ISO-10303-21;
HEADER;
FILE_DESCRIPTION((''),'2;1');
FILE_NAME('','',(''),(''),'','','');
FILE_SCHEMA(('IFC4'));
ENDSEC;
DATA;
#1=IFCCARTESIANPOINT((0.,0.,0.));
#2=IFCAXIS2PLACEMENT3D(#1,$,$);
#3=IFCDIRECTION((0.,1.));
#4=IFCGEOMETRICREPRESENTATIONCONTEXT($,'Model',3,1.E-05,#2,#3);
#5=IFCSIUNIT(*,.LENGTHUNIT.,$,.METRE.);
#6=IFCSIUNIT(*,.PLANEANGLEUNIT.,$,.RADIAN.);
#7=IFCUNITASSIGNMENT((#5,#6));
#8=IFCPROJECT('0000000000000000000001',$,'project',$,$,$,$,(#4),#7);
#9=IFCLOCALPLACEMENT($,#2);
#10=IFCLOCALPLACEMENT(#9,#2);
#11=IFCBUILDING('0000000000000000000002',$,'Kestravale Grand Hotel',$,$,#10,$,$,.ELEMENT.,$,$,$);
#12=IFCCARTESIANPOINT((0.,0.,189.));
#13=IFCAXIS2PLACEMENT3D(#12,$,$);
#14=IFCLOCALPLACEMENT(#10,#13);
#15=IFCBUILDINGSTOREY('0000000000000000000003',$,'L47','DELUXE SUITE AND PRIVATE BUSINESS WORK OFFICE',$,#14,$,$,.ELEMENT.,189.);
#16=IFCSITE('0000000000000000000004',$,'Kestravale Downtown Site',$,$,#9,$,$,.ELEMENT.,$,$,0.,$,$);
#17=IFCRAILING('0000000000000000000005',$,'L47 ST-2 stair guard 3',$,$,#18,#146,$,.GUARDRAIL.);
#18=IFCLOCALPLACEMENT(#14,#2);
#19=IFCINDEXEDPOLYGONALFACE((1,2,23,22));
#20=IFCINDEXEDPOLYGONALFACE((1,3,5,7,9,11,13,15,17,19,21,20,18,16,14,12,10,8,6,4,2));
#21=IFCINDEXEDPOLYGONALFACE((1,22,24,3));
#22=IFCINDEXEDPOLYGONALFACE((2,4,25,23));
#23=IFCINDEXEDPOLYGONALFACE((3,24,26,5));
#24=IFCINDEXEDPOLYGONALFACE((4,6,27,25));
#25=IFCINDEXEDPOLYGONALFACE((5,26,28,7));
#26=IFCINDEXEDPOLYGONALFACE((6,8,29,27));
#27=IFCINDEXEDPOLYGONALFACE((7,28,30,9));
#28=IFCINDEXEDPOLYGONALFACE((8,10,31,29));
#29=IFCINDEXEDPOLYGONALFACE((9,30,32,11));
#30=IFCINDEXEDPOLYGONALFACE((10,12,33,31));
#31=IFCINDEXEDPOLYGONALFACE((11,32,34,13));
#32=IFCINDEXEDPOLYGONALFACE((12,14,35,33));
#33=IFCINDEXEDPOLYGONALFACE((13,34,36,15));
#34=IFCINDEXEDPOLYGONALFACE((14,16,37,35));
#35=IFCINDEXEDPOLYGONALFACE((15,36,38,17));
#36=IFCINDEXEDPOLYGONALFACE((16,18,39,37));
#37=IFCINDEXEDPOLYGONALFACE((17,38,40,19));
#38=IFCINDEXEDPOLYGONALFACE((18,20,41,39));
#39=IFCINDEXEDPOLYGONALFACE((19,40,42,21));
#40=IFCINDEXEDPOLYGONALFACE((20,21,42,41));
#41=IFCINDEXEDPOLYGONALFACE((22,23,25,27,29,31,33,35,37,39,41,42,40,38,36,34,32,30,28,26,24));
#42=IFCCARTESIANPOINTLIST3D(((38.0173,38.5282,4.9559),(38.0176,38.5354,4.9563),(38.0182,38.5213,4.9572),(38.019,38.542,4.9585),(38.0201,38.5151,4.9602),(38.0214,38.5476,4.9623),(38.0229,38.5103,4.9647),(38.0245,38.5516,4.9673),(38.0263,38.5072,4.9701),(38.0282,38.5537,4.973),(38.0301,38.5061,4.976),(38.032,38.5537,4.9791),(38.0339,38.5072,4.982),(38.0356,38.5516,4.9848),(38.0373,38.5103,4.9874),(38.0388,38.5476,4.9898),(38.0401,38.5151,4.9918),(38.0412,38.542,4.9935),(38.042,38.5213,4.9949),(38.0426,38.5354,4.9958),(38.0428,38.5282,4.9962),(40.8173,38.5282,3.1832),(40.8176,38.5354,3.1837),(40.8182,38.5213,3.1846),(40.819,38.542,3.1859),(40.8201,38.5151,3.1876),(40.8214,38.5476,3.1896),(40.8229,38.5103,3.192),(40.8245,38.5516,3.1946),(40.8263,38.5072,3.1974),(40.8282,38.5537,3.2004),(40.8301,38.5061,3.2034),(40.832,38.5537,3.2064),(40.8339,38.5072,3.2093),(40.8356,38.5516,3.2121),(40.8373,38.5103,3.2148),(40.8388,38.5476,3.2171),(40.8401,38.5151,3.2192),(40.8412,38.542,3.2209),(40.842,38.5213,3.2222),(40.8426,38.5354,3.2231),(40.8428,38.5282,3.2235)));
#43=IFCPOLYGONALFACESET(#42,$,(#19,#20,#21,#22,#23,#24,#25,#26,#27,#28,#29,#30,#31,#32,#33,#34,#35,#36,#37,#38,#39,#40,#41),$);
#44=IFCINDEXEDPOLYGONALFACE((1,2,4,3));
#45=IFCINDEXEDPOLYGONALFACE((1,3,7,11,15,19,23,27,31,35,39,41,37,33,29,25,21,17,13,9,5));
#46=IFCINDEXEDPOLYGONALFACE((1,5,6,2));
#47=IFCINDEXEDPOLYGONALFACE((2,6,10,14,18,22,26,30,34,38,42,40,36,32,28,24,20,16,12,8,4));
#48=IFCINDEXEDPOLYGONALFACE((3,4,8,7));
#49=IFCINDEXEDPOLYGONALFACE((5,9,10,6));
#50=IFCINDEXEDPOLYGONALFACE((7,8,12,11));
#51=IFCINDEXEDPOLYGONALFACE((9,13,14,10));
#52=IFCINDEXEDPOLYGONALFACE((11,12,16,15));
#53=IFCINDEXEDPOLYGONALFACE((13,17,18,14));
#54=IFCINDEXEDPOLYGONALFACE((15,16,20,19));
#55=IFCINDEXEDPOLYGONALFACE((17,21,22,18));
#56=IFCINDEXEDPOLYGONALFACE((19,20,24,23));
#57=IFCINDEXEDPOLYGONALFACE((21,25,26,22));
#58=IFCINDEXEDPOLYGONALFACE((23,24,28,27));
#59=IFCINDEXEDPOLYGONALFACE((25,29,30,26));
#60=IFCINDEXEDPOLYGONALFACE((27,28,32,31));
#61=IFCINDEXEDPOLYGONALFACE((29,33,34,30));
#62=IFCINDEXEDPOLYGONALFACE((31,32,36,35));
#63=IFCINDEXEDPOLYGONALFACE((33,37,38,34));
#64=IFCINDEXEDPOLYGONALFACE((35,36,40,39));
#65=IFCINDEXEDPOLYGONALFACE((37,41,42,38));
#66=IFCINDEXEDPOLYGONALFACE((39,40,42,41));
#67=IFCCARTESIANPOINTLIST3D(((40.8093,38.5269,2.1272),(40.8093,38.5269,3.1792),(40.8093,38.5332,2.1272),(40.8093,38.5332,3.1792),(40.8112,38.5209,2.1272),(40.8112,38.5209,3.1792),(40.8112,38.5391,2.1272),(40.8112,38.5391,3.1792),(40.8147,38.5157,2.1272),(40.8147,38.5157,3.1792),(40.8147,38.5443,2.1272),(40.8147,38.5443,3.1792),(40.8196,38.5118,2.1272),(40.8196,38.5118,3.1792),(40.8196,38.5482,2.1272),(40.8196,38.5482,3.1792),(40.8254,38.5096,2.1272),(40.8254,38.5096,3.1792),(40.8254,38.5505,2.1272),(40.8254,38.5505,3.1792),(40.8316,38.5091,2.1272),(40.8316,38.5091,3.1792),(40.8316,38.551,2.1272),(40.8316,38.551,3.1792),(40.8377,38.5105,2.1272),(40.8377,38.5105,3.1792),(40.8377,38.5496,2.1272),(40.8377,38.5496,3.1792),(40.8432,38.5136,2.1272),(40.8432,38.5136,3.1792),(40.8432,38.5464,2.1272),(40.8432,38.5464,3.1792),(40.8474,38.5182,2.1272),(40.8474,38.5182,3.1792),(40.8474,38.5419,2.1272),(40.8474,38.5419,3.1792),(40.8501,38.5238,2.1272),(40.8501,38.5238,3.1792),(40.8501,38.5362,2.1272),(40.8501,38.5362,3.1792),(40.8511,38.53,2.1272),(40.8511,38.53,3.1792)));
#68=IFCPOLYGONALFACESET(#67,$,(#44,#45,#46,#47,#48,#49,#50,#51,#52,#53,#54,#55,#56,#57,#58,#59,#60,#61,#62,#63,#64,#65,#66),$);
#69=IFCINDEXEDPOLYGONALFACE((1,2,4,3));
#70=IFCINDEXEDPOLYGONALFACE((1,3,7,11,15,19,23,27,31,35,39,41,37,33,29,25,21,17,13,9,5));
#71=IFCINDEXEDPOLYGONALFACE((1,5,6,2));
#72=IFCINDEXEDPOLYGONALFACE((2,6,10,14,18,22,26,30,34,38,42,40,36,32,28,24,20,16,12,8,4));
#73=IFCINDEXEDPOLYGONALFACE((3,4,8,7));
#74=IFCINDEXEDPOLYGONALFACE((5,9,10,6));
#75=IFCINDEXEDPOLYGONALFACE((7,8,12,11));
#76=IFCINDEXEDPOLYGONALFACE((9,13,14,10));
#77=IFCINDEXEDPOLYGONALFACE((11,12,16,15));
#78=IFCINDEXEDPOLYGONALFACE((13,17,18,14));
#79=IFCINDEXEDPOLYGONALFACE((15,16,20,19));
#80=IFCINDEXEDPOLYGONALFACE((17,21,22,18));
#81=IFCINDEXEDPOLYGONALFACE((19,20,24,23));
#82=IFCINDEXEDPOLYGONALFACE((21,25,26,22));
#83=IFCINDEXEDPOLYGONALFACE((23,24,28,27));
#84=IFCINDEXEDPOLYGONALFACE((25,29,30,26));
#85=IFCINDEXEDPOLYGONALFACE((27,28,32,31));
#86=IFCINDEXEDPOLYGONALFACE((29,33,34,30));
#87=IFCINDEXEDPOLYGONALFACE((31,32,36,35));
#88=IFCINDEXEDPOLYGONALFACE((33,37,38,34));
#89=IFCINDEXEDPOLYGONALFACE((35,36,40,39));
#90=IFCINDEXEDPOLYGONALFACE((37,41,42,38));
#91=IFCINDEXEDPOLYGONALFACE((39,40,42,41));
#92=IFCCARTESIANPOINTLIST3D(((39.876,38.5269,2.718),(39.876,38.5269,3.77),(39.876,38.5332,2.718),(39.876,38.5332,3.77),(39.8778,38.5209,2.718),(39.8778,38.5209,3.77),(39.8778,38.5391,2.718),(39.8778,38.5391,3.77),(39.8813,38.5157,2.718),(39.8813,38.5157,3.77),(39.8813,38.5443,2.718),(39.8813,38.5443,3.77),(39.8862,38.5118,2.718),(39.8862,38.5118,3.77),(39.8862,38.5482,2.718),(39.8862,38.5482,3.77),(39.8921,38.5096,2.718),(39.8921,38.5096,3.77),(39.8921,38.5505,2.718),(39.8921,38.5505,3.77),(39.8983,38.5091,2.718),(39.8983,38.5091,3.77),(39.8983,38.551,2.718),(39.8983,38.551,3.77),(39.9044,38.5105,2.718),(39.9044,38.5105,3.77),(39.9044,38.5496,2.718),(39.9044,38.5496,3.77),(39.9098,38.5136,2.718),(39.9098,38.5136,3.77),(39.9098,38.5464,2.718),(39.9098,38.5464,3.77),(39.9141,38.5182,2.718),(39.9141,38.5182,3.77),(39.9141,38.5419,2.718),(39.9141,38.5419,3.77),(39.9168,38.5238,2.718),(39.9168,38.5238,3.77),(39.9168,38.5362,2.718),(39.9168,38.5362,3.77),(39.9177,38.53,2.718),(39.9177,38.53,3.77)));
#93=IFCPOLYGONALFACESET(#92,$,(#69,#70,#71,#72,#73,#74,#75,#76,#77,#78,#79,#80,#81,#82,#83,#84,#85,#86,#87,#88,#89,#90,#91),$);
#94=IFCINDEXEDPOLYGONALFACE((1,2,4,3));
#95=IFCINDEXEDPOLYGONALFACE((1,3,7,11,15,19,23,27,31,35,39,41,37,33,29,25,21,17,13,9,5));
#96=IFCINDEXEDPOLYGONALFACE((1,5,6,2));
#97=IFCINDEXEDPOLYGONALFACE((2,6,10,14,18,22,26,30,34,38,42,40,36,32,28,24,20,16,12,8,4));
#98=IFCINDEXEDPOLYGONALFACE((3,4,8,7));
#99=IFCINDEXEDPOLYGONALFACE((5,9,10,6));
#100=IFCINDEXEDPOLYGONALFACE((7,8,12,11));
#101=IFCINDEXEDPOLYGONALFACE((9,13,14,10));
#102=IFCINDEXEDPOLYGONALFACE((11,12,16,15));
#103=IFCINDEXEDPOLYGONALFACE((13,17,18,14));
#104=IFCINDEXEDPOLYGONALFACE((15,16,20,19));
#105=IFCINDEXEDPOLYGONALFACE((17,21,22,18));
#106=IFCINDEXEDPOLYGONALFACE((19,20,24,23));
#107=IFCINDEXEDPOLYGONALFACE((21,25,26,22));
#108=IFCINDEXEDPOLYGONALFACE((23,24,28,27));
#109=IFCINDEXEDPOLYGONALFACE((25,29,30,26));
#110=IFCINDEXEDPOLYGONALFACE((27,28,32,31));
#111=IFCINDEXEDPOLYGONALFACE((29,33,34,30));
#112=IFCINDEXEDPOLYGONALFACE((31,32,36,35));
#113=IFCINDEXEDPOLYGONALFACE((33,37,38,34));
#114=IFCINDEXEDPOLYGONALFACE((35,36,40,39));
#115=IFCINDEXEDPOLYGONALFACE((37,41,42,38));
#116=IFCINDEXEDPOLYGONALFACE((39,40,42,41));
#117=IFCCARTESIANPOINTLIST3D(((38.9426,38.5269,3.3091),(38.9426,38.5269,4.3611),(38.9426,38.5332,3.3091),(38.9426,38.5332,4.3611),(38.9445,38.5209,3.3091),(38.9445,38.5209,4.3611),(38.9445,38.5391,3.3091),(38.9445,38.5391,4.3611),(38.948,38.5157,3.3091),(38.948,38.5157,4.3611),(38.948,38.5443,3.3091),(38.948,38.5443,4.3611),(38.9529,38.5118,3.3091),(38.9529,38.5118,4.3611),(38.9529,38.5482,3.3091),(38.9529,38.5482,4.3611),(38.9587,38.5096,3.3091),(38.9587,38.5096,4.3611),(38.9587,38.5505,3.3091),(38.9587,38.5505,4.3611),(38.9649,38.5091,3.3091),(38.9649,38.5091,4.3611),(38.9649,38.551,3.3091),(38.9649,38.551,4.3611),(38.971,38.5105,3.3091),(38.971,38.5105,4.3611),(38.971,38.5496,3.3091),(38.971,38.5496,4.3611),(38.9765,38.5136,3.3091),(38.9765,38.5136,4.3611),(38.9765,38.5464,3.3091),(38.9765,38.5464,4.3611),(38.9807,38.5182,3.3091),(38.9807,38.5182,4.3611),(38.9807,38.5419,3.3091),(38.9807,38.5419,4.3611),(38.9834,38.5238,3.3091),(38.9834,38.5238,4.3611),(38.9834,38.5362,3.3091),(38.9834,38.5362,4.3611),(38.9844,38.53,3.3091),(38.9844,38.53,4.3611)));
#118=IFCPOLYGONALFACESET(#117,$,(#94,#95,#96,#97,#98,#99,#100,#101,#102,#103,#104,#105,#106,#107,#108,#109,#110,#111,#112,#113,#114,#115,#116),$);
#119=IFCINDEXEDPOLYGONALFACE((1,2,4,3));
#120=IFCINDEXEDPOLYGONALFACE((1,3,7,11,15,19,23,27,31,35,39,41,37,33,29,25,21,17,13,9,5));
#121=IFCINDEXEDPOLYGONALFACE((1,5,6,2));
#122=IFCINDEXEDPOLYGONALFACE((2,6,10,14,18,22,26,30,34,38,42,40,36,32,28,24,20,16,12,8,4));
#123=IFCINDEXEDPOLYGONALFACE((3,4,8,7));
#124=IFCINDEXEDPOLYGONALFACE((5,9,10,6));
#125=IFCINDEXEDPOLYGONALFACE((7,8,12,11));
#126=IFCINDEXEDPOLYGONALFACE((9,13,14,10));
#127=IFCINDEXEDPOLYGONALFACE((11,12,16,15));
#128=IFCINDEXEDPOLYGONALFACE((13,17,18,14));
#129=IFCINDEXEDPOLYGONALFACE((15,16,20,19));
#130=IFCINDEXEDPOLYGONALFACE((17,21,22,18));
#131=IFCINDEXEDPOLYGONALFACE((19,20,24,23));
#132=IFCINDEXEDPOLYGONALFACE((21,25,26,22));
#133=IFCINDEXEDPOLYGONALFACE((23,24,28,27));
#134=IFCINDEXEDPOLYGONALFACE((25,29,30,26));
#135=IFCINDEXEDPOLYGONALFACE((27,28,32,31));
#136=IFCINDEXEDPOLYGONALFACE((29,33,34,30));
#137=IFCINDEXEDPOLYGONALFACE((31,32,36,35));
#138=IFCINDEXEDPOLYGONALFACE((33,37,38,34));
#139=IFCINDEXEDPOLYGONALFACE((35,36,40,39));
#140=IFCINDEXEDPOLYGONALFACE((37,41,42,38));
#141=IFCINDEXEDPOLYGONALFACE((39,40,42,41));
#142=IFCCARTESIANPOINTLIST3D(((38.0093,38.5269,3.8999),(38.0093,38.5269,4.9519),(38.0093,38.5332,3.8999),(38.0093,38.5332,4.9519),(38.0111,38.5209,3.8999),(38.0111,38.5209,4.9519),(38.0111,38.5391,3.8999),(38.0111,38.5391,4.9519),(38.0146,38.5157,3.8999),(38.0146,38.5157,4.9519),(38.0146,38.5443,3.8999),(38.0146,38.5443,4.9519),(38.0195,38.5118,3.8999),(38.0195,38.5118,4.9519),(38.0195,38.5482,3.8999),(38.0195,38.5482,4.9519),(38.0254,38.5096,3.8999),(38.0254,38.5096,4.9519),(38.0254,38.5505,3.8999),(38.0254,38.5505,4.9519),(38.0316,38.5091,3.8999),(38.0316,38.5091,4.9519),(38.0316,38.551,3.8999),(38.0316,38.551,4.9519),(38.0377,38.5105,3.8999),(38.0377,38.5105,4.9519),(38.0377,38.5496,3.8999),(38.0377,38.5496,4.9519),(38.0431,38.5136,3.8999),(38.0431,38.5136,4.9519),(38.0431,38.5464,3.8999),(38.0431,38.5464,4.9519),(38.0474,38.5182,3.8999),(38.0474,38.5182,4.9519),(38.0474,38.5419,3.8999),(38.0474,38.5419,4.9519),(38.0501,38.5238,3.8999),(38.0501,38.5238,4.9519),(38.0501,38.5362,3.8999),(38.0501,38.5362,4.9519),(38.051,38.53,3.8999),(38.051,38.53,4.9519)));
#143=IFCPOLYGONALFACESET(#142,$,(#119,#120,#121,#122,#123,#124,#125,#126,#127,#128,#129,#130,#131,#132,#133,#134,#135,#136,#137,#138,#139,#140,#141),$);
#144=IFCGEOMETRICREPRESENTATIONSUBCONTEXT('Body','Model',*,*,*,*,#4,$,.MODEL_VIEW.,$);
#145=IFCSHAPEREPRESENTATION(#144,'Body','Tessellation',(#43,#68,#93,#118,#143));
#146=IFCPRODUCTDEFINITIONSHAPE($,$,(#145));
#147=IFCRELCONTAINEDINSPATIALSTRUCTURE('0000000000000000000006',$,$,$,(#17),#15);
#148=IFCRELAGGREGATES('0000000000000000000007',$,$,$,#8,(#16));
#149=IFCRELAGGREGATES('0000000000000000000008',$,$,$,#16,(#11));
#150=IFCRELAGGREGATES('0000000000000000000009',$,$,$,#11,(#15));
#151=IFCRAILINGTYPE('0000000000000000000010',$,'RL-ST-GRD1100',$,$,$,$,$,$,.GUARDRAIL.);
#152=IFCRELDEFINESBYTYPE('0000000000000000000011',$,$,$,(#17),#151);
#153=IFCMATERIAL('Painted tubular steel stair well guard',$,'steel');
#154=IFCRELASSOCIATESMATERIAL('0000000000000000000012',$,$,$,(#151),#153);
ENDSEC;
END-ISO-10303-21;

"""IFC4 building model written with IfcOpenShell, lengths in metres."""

from ifc_helpers import new_model, si_unit, direction, frame, origin, origin_2d, place, context, subcontext, project, spatial, circle, extrude, material, type_object, element, save


model = new_model("IFC4")

# Units and contexts
model_context = context("Model", 3, precision=1e-05, world=origin(), true_north=direction((0.0, 1.0)))
body_context = subcontext(model_context, "Body", "Model", "MODEL_VIEW")
ifc_project = project(units=[si_unit("LENGTHUNIT", "METRE"), si_unit("PLANEANGLEUNIT", "RADIAN")], contexts=[model_context])

# Site, building, storey
site_placement = place(None, origin())
site = spatial("IfcSite", under=ifc_project, at=site_placement, Name="Kestravale Downtown Site", CompositionType="ELEMENT", RefElevation=0.0)
building_placement = place(site_placement, origin())
building = spatial("IfcBuilding", under=site, at=building_placement, Name="Kestravale Grand Hotel", CompositionType="ELEMENT")
storey_placement = place(building_placement, frame((0.0, 0.0, 189.0)))
storey = spatial("IfcBuildingStorey", under=building, at=storey_placement, Name="L47", Description="DELUXE SUITE AND PRIVATE BUSINESS WORK OFFICE", CompositionType="ELEMENT", Elevation=189.0)

# Railing
ifc_material_1 = material(Name="Painted tubular steel stair well guard", Category="steel")
railing_type_1 = type_object("IfcRailingType", Name="RL-ST-GRD1100", PredefinedType="GUARDRAIL", material=ifc_material_1)
railing_1_placement = place(storey_placement, frame((40.8301, 38.53, 2.1272)))
element("IfcRailing", 1, at=railing_1_placement, inside=storey, type_object=railing_type_1, Name="L47 ST-2 stair guard 3", PredefinedType="GUARDRAIL", context=body_context, shape_type="SweptSolid", body=[
    extrude(circle(Radius=0.0239, at=origin_2d()), frame((0.0, 0.0, 1.0762), z_axis=(-0.844909, 0.0, 0.53491), x_axis=(0.0, -1.0, 0.0)), (0.0, 0.0, 1.0), 3.314),
    extrude(circle(Radius=0.021, at=origin_2d()), origin(), (0.0, 0.0, 1.0), 1.052),
    extrude(circle(Radius=0.021, at=origin_2d()), frame((-0.9333, 0.0, 0.5908)), (0.0, 0.0, 1.0), 1.052),
    extrude(circle(Radius=0.021, at=origin_2d()), frame((-1.8667, 0.0, 1.1819)), (0.0, 0.0, 1.0), 1.052),
    extrude(circle(Radius=0.021, at=origin_2d()), frame((-2.8, 0.0, 1.7727)), (0.0, 0.0, 1.0), 1.052),
])

save(model, "model.ifc")
